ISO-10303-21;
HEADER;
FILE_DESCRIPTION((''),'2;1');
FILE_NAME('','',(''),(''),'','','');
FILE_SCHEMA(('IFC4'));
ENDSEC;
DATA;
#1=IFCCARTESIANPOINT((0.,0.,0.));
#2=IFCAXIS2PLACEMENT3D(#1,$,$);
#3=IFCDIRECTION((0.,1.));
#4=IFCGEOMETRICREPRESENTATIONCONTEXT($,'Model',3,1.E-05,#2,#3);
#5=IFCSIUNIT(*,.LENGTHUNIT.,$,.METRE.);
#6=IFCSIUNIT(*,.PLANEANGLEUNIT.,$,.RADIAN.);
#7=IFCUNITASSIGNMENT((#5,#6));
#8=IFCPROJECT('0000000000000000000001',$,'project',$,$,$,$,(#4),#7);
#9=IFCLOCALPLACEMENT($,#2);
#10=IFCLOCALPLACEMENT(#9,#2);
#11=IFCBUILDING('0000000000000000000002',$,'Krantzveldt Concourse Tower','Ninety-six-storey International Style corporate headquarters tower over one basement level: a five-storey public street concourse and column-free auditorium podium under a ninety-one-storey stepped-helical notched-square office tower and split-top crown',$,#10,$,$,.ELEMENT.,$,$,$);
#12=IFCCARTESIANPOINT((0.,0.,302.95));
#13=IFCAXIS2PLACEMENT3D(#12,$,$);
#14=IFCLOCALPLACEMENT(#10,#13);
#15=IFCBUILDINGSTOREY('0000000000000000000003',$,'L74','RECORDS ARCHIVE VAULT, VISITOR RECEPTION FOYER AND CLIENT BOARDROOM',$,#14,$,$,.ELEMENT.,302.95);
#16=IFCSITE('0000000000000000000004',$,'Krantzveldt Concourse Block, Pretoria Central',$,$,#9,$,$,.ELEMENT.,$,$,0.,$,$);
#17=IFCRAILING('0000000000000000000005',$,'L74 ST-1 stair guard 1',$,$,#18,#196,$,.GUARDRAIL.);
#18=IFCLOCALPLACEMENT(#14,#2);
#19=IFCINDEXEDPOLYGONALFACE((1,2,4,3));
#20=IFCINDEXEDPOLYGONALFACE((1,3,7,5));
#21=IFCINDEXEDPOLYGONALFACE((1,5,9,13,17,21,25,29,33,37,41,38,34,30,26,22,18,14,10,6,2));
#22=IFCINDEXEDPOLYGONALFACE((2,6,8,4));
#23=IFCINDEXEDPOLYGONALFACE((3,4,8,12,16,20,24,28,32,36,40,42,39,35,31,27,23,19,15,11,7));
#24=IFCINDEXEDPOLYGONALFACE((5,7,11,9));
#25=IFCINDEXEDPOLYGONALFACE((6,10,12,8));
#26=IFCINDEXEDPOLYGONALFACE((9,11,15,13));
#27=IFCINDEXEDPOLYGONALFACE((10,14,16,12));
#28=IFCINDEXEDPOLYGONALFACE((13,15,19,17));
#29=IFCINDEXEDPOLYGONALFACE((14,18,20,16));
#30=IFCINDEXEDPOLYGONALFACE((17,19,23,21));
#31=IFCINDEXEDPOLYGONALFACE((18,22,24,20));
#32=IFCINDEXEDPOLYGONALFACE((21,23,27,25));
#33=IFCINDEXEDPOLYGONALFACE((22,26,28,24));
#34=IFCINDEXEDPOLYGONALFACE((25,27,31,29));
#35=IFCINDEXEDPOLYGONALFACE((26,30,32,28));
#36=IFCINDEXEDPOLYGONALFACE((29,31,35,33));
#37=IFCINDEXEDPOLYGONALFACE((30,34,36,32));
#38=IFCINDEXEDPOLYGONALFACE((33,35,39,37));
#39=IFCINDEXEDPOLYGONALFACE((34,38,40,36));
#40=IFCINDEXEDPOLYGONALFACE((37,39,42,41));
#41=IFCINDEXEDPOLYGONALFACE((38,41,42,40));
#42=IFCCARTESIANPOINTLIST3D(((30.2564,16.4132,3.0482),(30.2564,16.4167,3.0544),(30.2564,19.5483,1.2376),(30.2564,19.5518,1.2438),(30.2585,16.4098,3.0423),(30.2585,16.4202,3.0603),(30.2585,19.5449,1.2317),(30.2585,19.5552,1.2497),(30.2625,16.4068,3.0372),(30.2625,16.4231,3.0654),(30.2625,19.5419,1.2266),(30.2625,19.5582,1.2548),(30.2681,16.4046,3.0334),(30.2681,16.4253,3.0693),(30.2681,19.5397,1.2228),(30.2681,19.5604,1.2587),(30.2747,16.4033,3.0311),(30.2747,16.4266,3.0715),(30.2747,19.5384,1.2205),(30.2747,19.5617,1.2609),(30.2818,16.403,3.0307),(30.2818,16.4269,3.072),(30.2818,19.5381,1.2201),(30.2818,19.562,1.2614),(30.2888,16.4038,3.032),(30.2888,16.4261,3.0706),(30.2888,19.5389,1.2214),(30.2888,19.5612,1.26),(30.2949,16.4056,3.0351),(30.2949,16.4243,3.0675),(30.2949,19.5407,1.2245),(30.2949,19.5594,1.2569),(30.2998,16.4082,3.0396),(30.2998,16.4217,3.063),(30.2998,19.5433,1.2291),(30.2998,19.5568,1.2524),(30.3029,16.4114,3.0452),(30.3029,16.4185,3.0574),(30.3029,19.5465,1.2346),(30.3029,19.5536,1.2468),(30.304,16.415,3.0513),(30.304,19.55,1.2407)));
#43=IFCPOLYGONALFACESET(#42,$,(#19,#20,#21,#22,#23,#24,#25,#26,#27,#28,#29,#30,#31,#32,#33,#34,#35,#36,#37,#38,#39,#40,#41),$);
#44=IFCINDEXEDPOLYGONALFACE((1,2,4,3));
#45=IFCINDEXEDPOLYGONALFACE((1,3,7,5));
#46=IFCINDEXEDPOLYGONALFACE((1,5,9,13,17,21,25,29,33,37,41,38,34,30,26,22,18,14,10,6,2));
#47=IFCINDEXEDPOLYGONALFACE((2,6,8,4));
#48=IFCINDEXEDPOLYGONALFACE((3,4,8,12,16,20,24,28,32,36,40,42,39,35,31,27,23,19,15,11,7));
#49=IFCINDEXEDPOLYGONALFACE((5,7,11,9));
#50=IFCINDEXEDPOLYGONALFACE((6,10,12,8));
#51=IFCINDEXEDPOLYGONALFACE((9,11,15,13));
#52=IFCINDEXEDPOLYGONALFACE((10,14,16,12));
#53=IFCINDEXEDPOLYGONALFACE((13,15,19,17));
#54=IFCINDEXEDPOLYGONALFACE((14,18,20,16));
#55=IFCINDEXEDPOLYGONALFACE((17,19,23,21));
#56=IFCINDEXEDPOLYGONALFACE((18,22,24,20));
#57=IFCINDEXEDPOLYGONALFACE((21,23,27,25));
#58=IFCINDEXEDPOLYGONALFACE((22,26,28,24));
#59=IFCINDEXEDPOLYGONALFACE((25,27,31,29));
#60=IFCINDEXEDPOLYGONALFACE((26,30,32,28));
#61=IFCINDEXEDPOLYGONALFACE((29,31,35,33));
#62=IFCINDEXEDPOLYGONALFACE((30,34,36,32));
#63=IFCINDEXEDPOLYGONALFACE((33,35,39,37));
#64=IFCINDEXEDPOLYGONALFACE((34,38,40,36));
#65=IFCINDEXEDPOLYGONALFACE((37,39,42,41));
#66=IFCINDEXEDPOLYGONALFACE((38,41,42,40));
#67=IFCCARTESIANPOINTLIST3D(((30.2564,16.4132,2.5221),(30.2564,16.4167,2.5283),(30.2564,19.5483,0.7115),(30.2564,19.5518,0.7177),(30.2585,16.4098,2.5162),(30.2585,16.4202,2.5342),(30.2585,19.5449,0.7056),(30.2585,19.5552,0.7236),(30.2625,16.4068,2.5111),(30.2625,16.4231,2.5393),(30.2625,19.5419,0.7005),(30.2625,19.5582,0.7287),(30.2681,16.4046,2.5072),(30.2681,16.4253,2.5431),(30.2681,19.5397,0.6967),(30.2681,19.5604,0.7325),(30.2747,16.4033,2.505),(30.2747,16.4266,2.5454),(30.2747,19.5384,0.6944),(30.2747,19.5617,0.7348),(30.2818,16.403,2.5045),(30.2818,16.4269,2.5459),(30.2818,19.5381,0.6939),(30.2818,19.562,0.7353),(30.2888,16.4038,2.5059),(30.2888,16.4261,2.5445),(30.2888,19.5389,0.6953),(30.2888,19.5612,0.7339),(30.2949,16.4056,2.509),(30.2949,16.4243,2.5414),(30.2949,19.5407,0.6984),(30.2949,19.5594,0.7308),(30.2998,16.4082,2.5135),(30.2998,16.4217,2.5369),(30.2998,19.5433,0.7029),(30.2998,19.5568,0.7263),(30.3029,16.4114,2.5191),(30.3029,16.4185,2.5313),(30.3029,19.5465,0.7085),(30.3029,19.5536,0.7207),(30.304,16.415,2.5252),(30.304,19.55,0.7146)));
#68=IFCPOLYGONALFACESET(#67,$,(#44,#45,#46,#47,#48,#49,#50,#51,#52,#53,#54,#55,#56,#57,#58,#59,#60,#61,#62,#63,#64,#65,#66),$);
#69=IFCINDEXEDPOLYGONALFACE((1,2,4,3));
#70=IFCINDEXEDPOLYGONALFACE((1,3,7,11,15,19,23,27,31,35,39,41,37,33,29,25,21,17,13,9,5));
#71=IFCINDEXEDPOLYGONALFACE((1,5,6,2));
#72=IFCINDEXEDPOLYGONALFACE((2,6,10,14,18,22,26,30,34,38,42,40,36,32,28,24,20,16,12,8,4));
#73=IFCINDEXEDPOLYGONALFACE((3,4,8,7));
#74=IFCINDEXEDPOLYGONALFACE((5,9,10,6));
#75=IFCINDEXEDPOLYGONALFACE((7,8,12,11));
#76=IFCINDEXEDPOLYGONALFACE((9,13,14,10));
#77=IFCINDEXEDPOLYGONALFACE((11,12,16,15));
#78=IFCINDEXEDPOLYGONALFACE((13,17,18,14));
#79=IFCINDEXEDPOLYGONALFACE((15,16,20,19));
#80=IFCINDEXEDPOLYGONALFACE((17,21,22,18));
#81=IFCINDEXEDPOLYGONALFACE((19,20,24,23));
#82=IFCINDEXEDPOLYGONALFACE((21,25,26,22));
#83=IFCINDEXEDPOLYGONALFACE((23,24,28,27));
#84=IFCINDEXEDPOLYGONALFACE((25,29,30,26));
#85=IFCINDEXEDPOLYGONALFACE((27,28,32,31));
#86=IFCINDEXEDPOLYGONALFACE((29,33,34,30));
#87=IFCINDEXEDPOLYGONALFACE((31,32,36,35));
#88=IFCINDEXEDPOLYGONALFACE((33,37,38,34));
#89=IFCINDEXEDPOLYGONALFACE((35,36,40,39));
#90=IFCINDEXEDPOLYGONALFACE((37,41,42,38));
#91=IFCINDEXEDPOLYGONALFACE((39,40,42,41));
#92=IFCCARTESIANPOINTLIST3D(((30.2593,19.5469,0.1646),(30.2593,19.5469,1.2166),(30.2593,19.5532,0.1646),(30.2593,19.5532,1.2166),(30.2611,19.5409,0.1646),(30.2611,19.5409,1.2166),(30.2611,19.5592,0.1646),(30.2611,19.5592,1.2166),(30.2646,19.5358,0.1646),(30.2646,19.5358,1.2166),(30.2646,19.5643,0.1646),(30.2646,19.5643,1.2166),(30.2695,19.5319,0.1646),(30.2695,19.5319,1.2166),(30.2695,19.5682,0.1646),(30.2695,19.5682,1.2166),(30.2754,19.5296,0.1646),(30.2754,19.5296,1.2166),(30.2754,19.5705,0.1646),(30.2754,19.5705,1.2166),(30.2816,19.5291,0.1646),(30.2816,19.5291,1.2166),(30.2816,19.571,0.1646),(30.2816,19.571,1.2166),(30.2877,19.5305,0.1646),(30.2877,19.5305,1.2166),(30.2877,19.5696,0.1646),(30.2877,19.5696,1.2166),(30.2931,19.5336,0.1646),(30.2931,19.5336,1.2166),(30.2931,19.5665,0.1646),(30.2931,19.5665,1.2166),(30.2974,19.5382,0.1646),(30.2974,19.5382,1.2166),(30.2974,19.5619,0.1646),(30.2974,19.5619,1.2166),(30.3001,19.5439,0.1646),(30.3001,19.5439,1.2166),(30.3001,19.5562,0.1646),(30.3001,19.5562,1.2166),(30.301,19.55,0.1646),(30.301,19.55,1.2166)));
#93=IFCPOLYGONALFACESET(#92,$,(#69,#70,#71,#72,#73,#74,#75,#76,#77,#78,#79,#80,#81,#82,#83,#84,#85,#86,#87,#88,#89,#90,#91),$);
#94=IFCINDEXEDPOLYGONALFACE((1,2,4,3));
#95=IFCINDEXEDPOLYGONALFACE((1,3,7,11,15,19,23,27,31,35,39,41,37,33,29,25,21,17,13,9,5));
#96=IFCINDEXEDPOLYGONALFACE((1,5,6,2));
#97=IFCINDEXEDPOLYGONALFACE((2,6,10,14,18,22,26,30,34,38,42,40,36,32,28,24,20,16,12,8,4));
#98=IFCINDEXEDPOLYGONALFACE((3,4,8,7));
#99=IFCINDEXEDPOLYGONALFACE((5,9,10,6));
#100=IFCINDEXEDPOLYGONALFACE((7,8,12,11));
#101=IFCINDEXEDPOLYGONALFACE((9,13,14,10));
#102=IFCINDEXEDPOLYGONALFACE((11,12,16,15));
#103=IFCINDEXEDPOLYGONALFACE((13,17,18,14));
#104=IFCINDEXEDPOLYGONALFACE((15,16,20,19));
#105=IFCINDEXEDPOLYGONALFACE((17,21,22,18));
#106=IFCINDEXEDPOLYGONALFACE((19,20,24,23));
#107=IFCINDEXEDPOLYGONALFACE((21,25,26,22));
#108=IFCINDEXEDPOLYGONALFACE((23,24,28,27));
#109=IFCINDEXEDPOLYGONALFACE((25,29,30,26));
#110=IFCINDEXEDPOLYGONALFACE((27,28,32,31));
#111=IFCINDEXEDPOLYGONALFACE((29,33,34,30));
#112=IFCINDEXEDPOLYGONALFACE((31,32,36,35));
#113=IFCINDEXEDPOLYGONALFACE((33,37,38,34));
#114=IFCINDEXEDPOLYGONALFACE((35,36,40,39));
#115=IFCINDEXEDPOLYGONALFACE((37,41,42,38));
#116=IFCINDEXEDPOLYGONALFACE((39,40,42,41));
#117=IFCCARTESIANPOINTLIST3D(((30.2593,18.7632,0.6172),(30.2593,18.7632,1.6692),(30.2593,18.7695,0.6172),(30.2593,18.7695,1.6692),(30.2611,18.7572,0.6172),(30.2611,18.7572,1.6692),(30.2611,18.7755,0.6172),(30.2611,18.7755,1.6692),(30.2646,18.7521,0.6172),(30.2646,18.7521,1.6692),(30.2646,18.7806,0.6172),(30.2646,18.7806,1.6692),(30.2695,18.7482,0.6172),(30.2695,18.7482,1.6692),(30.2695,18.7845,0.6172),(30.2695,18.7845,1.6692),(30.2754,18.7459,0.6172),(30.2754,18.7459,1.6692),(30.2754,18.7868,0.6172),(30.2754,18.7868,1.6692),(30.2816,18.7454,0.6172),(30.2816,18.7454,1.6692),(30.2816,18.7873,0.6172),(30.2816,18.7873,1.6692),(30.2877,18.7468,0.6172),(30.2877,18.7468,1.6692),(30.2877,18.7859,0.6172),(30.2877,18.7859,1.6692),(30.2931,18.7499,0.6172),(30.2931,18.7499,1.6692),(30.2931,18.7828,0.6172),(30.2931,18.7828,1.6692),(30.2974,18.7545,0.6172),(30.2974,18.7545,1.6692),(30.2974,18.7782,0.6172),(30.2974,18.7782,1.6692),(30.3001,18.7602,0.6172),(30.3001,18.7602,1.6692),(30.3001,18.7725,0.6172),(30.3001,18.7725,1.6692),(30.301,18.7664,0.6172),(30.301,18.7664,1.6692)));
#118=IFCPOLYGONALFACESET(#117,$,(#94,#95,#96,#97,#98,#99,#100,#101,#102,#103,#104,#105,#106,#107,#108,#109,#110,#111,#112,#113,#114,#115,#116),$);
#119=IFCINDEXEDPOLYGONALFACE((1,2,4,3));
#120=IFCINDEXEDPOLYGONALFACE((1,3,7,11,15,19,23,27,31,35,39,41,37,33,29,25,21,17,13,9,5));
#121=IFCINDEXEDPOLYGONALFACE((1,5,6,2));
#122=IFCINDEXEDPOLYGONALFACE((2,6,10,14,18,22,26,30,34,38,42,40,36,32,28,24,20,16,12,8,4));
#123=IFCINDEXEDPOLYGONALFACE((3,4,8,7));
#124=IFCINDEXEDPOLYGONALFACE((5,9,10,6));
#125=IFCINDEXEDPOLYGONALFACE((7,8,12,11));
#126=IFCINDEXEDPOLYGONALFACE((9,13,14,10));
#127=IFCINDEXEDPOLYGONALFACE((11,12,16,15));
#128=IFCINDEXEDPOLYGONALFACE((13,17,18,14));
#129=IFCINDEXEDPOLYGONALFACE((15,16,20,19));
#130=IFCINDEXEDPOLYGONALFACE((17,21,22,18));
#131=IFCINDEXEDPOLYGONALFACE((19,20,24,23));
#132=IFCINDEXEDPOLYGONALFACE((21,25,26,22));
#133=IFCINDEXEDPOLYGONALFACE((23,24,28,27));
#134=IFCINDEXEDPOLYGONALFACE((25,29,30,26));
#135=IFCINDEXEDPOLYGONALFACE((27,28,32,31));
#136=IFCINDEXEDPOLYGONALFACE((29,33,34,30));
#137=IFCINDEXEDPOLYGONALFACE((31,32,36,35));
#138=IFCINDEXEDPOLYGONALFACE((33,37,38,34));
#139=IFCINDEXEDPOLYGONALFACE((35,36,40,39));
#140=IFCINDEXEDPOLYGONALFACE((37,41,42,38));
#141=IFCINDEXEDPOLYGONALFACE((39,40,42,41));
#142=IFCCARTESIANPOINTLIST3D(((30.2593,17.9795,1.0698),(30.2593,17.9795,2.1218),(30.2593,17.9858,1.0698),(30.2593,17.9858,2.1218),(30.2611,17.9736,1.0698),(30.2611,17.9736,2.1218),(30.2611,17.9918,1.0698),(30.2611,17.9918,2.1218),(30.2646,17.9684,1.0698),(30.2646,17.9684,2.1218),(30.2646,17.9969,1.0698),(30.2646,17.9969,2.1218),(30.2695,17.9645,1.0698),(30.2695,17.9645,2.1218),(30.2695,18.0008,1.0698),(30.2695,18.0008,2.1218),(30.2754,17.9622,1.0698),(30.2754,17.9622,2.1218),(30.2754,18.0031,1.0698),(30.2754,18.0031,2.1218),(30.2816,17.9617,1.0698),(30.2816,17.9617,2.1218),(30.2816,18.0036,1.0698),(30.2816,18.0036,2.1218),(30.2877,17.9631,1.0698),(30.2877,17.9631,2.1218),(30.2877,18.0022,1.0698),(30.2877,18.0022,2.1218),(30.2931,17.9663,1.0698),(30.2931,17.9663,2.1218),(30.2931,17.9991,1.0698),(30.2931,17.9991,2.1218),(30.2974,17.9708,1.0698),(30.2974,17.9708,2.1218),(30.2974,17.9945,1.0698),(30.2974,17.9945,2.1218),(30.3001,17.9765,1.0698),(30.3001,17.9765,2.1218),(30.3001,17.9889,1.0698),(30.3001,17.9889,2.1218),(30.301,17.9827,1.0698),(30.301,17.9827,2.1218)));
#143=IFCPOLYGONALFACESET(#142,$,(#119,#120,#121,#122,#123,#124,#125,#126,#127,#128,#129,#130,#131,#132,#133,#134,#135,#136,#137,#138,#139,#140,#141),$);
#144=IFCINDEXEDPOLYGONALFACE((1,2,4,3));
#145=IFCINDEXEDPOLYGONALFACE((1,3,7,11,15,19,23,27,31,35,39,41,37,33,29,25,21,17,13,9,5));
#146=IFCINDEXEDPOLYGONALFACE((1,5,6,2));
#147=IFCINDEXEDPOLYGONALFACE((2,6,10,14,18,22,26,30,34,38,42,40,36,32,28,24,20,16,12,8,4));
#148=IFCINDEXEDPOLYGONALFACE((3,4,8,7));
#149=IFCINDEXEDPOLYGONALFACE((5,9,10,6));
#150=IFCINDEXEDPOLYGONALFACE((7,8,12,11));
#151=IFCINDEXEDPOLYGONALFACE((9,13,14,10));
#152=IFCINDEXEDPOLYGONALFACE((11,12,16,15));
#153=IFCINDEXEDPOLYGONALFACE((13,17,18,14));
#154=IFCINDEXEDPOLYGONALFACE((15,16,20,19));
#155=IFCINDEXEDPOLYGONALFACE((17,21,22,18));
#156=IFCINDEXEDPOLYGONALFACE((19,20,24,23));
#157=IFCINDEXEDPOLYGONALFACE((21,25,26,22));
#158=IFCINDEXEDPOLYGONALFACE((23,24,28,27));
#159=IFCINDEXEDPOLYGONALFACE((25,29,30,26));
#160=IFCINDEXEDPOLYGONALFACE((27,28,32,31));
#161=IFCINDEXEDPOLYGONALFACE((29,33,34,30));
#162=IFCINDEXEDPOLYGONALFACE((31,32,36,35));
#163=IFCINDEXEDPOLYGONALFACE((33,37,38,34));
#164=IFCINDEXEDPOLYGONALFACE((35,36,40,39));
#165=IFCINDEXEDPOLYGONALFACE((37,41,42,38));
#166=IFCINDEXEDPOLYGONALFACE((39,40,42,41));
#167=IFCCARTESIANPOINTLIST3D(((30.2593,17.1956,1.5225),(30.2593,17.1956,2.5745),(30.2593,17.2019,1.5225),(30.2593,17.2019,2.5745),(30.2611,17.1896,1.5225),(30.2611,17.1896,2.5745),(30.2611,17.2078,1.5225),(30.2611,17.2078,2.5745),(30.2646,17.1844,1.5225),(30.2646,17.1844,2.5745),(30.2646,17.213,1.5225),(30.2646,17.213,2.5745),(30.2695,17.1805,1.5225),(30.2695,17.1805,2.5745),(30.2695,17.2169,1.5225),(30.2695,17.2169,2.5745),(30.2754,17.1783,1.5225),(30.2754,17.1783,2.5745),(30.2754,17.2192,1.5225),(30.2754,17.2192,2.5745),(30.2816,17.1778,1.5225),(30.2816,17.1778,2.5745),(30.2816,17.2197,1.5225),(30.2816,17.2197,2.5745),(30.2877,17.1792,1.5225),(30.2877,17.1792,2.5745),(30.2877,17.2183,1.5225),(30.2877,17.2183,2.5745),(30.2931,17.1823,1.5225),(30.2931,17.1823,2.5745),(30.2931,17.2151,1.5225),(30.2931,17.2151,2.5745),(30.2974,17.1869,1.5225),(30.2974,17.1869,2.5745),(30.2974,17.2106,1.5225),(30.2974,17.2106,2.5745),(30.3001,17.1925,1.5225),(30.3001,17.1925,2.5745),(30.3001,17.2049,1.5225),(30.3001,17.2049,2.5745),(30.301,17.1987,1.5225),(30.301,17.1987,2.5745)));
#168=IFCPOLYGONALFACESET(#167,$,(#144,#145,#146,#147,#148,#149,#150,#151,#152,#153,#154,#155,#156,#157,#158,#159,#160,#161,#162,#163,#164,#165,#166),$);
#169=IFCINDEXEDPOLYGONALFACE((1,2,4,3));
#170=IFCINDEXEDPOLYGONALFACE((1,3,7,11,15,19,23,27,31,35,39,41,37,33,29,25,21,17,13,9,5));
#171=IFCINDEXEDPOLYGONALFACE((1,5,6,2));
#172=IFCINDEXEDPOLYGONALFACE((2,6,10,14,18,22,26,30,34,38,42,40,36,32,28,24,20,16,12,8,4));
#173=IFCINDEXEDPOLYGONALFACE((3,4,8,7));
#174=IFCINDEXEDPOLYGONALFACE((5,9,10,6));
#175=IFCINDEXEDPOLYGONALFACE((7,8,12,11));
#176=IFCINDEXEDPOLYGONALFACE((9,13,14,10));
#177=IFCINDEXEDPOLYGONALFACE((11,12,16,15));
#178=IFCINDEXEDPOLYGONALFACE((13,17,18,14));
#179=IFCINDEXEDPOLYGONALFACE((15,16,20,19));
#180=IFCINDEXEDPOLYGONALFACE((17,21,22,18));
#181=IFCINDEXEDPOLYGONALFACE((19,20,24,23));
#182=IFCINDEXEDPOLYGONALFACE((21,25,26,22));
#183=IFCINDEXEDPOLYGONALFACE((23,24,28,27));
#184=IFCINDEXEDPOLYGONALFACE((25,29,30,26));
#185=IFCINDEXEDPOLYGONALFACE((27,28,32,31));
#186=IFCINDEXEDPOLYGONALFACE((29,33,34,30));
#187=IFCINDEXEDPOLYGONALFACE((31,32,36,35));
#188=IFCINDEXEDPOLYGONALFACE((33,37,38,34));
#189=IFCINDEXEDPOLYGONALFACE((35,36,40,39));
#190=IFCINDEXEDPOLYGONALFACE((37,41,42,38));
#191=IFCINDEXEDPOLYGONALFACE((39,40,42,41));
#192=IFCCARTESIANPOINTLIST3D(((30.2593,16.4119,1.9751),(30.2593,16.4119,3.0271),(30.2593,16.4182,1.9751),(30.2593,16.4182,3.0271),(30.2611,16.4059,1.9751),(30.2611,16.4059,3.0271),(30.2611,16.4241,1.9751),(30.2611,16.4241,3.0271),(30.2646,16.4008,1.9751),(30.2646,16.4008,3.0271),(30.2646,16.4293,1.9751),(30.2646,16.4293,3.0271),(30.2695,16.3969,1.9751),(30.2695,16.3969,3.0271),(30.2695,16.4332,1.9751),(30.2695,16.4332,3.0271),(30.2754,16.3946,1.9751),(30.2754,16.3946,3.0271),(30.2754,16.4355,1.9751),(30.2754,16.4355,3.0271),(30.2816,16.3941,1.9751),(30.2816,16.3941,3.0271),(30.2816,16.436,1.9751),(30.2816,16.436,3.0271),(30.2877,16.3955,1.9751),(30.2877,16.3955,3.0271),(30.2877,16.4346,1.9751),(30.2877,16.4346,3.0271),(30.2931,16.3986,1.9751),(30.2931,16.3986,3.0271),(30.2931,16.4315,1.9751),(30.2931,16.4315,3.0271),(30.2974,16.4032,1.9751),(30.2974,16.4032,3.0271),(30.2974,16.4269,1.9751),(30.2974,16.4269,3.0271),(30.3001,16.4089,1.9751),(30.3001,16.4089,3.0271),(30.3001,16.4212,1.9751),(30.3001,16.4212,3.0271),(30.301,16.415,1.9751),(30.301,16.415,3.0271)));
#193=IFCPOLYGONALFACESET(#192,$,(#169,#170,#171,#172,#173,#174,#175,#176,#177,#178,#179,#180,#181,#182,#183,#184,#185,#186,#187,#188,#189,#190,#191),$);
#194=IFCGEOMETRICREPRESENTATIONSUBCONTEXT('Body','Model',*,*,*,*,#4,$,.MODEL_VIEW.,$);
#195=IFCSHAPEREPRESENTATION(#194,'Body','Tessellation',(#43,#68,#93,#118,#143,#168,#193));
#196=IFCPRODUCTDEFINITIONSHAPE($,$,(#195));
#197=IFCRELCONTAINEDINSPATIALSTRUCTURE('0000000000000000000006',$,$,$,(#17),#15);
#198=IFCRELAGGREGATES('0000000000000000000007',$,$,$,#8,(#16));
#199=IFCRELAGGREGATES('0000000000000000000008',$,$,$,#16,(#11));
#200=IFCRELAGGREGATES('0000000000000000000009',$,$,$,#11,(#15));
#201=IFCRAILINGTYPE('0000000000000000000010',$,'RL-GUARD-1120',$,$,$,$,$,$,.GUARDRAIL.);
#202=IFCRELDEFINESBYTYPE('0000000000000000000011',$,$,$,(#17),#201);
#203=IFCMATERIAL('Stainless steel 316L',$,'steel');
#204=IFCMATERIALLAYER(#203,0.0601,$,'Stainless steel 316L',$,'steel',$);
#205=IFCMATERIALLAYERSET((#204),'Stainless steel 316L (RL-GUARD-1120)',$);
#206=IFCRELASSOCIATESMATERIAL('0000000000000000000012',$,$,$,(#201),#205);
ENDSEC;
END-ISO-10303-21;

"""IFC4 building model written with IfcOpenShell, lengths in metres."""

from ifc_helpers import new_model, si_unit, direction, frame, origin, origin_2d, place, context, subcontext, project, spatial, circle, extrude, material, layer, layer_set, type_object, element, save


model = new_model("IFC4")

# Units and contexts
model_context = context("Model", 3, precision=1e-05, world=origin(), true_north=direction((0.0, 1.0)))
body_context = subcontext(model_context, "Body", "Model", "MODEL_VIEW")
ifc_project = project(units=[si_unit("LENGTHUNIT", "METRE"), si_unit("PLANEANGLEUNIT", "RADIAN")], contexts=[model_context])

# Site, building, storey
site_placement = place(None, origin())
site = spatial("IfcSite", under=ifc_project, at=site_placement, Name="Krantzveldt Concourse Block, Pretoria Central", CompositionType="ELEMENT", RefElevation=0.0)
building_placement = place(site_placement, origin())
building = spatial("IfcBuilding", under=site, at=building_placement, Name="Krantzveldt Concourse Tower", Description="Ninety-six-storey International Style corporate headquarters tower over one basement level: a five-storey public street concourse and column-free auditorium podium under a ninety-one-storey stepped-helical notched-square office tower and split-top crown", CompositionType="ELEMENT")
storey_placement = place(building_placement, frame((0.0, 0.0, 302.95)))
storey = spatial("IfcBuildingStorey", under=building, at=storey_placement, Name="L74", Description="RECORDS ARCHIVE VAULT, VISITOR RECEPTION FOYER AND CLIENT BOARDROOM", CompositionType="ELEMENT", Elevation=302.95)

# Railing
ifc_material_1 = material(Name="Stainless steel 316L", Category="steel")
ifc_layer_1 = layer(ifc_material_1, 0.0601, Name="Stainless steel 316L", Category="steel")
ifc_layer_set_1 = layer_set([ifc_layer_1], Name="Stainless steel 316L (RL-GUARD-1120)")
railing_type_1 = type_object("IfcRailingType", Name="RL-GUARD-1120", PredefinedType="GUARDRAIL", material=ifc_layer_set_1)
railing_1_placement = place(storey_placement, frame((30.28, 19.55, 0.1646)))
element("IfcRailing", 1, at=railing_1_placement, inside=storey, type_object=railing_type_1, Name="L74 ST-1 stair guard 1", PredefinedType="GUARDRAIL", context=body_context, shape_type="SweptSolid", body=[
    extrude(circle(Radius=0.0239, at=origin_2d()), frame((0.0, 0.0, 1.0762), z_axis=(0.0, -0.86596, 0.500114), x_axis=(1.0, 0.0, 0.0)), (0.0, 0.0, 1.0), 3.6204),
    extrude(circle(Radius=0.0239, at=origin_2d()), frame((0.0, 0.0, 0.55), z_axis=(0.0, -0.86596, 0.500114), x_axis=(1.0, 0.0, 0.0)), (0.0, 0.0, 1.0), 3.6204),
    extrude(circle(Radius=0.021, at=origin_2d()), origin(), (0.0, 0.0, 1.0), 1.052),
    extrude(circle(Radius=0.021, at=origin_2d()), frame((0.0, -0.7837, 0.4526)), (0.0, 0.0, 1.0), 1.052),
    extrude(circle(Radius=0.021, at=origin_2d()), frame((0.0, -1.5674, 0.9053)), (0.0, 0.0, 1.0), 1.052),
    extrude(circle(Radius=0.021, at=origin_2d()), frame((0.0, -2.3513, 1.3579)), (0.0, 0.0, 1.0), 1.052),
    extrude(circle(Radius=0.021, at=origin_2d()), frame((0.0, -3.135, 1.8105)), (0.0, 0.0, 1.0), 1.052),
])

save(model, "model.ifc")
